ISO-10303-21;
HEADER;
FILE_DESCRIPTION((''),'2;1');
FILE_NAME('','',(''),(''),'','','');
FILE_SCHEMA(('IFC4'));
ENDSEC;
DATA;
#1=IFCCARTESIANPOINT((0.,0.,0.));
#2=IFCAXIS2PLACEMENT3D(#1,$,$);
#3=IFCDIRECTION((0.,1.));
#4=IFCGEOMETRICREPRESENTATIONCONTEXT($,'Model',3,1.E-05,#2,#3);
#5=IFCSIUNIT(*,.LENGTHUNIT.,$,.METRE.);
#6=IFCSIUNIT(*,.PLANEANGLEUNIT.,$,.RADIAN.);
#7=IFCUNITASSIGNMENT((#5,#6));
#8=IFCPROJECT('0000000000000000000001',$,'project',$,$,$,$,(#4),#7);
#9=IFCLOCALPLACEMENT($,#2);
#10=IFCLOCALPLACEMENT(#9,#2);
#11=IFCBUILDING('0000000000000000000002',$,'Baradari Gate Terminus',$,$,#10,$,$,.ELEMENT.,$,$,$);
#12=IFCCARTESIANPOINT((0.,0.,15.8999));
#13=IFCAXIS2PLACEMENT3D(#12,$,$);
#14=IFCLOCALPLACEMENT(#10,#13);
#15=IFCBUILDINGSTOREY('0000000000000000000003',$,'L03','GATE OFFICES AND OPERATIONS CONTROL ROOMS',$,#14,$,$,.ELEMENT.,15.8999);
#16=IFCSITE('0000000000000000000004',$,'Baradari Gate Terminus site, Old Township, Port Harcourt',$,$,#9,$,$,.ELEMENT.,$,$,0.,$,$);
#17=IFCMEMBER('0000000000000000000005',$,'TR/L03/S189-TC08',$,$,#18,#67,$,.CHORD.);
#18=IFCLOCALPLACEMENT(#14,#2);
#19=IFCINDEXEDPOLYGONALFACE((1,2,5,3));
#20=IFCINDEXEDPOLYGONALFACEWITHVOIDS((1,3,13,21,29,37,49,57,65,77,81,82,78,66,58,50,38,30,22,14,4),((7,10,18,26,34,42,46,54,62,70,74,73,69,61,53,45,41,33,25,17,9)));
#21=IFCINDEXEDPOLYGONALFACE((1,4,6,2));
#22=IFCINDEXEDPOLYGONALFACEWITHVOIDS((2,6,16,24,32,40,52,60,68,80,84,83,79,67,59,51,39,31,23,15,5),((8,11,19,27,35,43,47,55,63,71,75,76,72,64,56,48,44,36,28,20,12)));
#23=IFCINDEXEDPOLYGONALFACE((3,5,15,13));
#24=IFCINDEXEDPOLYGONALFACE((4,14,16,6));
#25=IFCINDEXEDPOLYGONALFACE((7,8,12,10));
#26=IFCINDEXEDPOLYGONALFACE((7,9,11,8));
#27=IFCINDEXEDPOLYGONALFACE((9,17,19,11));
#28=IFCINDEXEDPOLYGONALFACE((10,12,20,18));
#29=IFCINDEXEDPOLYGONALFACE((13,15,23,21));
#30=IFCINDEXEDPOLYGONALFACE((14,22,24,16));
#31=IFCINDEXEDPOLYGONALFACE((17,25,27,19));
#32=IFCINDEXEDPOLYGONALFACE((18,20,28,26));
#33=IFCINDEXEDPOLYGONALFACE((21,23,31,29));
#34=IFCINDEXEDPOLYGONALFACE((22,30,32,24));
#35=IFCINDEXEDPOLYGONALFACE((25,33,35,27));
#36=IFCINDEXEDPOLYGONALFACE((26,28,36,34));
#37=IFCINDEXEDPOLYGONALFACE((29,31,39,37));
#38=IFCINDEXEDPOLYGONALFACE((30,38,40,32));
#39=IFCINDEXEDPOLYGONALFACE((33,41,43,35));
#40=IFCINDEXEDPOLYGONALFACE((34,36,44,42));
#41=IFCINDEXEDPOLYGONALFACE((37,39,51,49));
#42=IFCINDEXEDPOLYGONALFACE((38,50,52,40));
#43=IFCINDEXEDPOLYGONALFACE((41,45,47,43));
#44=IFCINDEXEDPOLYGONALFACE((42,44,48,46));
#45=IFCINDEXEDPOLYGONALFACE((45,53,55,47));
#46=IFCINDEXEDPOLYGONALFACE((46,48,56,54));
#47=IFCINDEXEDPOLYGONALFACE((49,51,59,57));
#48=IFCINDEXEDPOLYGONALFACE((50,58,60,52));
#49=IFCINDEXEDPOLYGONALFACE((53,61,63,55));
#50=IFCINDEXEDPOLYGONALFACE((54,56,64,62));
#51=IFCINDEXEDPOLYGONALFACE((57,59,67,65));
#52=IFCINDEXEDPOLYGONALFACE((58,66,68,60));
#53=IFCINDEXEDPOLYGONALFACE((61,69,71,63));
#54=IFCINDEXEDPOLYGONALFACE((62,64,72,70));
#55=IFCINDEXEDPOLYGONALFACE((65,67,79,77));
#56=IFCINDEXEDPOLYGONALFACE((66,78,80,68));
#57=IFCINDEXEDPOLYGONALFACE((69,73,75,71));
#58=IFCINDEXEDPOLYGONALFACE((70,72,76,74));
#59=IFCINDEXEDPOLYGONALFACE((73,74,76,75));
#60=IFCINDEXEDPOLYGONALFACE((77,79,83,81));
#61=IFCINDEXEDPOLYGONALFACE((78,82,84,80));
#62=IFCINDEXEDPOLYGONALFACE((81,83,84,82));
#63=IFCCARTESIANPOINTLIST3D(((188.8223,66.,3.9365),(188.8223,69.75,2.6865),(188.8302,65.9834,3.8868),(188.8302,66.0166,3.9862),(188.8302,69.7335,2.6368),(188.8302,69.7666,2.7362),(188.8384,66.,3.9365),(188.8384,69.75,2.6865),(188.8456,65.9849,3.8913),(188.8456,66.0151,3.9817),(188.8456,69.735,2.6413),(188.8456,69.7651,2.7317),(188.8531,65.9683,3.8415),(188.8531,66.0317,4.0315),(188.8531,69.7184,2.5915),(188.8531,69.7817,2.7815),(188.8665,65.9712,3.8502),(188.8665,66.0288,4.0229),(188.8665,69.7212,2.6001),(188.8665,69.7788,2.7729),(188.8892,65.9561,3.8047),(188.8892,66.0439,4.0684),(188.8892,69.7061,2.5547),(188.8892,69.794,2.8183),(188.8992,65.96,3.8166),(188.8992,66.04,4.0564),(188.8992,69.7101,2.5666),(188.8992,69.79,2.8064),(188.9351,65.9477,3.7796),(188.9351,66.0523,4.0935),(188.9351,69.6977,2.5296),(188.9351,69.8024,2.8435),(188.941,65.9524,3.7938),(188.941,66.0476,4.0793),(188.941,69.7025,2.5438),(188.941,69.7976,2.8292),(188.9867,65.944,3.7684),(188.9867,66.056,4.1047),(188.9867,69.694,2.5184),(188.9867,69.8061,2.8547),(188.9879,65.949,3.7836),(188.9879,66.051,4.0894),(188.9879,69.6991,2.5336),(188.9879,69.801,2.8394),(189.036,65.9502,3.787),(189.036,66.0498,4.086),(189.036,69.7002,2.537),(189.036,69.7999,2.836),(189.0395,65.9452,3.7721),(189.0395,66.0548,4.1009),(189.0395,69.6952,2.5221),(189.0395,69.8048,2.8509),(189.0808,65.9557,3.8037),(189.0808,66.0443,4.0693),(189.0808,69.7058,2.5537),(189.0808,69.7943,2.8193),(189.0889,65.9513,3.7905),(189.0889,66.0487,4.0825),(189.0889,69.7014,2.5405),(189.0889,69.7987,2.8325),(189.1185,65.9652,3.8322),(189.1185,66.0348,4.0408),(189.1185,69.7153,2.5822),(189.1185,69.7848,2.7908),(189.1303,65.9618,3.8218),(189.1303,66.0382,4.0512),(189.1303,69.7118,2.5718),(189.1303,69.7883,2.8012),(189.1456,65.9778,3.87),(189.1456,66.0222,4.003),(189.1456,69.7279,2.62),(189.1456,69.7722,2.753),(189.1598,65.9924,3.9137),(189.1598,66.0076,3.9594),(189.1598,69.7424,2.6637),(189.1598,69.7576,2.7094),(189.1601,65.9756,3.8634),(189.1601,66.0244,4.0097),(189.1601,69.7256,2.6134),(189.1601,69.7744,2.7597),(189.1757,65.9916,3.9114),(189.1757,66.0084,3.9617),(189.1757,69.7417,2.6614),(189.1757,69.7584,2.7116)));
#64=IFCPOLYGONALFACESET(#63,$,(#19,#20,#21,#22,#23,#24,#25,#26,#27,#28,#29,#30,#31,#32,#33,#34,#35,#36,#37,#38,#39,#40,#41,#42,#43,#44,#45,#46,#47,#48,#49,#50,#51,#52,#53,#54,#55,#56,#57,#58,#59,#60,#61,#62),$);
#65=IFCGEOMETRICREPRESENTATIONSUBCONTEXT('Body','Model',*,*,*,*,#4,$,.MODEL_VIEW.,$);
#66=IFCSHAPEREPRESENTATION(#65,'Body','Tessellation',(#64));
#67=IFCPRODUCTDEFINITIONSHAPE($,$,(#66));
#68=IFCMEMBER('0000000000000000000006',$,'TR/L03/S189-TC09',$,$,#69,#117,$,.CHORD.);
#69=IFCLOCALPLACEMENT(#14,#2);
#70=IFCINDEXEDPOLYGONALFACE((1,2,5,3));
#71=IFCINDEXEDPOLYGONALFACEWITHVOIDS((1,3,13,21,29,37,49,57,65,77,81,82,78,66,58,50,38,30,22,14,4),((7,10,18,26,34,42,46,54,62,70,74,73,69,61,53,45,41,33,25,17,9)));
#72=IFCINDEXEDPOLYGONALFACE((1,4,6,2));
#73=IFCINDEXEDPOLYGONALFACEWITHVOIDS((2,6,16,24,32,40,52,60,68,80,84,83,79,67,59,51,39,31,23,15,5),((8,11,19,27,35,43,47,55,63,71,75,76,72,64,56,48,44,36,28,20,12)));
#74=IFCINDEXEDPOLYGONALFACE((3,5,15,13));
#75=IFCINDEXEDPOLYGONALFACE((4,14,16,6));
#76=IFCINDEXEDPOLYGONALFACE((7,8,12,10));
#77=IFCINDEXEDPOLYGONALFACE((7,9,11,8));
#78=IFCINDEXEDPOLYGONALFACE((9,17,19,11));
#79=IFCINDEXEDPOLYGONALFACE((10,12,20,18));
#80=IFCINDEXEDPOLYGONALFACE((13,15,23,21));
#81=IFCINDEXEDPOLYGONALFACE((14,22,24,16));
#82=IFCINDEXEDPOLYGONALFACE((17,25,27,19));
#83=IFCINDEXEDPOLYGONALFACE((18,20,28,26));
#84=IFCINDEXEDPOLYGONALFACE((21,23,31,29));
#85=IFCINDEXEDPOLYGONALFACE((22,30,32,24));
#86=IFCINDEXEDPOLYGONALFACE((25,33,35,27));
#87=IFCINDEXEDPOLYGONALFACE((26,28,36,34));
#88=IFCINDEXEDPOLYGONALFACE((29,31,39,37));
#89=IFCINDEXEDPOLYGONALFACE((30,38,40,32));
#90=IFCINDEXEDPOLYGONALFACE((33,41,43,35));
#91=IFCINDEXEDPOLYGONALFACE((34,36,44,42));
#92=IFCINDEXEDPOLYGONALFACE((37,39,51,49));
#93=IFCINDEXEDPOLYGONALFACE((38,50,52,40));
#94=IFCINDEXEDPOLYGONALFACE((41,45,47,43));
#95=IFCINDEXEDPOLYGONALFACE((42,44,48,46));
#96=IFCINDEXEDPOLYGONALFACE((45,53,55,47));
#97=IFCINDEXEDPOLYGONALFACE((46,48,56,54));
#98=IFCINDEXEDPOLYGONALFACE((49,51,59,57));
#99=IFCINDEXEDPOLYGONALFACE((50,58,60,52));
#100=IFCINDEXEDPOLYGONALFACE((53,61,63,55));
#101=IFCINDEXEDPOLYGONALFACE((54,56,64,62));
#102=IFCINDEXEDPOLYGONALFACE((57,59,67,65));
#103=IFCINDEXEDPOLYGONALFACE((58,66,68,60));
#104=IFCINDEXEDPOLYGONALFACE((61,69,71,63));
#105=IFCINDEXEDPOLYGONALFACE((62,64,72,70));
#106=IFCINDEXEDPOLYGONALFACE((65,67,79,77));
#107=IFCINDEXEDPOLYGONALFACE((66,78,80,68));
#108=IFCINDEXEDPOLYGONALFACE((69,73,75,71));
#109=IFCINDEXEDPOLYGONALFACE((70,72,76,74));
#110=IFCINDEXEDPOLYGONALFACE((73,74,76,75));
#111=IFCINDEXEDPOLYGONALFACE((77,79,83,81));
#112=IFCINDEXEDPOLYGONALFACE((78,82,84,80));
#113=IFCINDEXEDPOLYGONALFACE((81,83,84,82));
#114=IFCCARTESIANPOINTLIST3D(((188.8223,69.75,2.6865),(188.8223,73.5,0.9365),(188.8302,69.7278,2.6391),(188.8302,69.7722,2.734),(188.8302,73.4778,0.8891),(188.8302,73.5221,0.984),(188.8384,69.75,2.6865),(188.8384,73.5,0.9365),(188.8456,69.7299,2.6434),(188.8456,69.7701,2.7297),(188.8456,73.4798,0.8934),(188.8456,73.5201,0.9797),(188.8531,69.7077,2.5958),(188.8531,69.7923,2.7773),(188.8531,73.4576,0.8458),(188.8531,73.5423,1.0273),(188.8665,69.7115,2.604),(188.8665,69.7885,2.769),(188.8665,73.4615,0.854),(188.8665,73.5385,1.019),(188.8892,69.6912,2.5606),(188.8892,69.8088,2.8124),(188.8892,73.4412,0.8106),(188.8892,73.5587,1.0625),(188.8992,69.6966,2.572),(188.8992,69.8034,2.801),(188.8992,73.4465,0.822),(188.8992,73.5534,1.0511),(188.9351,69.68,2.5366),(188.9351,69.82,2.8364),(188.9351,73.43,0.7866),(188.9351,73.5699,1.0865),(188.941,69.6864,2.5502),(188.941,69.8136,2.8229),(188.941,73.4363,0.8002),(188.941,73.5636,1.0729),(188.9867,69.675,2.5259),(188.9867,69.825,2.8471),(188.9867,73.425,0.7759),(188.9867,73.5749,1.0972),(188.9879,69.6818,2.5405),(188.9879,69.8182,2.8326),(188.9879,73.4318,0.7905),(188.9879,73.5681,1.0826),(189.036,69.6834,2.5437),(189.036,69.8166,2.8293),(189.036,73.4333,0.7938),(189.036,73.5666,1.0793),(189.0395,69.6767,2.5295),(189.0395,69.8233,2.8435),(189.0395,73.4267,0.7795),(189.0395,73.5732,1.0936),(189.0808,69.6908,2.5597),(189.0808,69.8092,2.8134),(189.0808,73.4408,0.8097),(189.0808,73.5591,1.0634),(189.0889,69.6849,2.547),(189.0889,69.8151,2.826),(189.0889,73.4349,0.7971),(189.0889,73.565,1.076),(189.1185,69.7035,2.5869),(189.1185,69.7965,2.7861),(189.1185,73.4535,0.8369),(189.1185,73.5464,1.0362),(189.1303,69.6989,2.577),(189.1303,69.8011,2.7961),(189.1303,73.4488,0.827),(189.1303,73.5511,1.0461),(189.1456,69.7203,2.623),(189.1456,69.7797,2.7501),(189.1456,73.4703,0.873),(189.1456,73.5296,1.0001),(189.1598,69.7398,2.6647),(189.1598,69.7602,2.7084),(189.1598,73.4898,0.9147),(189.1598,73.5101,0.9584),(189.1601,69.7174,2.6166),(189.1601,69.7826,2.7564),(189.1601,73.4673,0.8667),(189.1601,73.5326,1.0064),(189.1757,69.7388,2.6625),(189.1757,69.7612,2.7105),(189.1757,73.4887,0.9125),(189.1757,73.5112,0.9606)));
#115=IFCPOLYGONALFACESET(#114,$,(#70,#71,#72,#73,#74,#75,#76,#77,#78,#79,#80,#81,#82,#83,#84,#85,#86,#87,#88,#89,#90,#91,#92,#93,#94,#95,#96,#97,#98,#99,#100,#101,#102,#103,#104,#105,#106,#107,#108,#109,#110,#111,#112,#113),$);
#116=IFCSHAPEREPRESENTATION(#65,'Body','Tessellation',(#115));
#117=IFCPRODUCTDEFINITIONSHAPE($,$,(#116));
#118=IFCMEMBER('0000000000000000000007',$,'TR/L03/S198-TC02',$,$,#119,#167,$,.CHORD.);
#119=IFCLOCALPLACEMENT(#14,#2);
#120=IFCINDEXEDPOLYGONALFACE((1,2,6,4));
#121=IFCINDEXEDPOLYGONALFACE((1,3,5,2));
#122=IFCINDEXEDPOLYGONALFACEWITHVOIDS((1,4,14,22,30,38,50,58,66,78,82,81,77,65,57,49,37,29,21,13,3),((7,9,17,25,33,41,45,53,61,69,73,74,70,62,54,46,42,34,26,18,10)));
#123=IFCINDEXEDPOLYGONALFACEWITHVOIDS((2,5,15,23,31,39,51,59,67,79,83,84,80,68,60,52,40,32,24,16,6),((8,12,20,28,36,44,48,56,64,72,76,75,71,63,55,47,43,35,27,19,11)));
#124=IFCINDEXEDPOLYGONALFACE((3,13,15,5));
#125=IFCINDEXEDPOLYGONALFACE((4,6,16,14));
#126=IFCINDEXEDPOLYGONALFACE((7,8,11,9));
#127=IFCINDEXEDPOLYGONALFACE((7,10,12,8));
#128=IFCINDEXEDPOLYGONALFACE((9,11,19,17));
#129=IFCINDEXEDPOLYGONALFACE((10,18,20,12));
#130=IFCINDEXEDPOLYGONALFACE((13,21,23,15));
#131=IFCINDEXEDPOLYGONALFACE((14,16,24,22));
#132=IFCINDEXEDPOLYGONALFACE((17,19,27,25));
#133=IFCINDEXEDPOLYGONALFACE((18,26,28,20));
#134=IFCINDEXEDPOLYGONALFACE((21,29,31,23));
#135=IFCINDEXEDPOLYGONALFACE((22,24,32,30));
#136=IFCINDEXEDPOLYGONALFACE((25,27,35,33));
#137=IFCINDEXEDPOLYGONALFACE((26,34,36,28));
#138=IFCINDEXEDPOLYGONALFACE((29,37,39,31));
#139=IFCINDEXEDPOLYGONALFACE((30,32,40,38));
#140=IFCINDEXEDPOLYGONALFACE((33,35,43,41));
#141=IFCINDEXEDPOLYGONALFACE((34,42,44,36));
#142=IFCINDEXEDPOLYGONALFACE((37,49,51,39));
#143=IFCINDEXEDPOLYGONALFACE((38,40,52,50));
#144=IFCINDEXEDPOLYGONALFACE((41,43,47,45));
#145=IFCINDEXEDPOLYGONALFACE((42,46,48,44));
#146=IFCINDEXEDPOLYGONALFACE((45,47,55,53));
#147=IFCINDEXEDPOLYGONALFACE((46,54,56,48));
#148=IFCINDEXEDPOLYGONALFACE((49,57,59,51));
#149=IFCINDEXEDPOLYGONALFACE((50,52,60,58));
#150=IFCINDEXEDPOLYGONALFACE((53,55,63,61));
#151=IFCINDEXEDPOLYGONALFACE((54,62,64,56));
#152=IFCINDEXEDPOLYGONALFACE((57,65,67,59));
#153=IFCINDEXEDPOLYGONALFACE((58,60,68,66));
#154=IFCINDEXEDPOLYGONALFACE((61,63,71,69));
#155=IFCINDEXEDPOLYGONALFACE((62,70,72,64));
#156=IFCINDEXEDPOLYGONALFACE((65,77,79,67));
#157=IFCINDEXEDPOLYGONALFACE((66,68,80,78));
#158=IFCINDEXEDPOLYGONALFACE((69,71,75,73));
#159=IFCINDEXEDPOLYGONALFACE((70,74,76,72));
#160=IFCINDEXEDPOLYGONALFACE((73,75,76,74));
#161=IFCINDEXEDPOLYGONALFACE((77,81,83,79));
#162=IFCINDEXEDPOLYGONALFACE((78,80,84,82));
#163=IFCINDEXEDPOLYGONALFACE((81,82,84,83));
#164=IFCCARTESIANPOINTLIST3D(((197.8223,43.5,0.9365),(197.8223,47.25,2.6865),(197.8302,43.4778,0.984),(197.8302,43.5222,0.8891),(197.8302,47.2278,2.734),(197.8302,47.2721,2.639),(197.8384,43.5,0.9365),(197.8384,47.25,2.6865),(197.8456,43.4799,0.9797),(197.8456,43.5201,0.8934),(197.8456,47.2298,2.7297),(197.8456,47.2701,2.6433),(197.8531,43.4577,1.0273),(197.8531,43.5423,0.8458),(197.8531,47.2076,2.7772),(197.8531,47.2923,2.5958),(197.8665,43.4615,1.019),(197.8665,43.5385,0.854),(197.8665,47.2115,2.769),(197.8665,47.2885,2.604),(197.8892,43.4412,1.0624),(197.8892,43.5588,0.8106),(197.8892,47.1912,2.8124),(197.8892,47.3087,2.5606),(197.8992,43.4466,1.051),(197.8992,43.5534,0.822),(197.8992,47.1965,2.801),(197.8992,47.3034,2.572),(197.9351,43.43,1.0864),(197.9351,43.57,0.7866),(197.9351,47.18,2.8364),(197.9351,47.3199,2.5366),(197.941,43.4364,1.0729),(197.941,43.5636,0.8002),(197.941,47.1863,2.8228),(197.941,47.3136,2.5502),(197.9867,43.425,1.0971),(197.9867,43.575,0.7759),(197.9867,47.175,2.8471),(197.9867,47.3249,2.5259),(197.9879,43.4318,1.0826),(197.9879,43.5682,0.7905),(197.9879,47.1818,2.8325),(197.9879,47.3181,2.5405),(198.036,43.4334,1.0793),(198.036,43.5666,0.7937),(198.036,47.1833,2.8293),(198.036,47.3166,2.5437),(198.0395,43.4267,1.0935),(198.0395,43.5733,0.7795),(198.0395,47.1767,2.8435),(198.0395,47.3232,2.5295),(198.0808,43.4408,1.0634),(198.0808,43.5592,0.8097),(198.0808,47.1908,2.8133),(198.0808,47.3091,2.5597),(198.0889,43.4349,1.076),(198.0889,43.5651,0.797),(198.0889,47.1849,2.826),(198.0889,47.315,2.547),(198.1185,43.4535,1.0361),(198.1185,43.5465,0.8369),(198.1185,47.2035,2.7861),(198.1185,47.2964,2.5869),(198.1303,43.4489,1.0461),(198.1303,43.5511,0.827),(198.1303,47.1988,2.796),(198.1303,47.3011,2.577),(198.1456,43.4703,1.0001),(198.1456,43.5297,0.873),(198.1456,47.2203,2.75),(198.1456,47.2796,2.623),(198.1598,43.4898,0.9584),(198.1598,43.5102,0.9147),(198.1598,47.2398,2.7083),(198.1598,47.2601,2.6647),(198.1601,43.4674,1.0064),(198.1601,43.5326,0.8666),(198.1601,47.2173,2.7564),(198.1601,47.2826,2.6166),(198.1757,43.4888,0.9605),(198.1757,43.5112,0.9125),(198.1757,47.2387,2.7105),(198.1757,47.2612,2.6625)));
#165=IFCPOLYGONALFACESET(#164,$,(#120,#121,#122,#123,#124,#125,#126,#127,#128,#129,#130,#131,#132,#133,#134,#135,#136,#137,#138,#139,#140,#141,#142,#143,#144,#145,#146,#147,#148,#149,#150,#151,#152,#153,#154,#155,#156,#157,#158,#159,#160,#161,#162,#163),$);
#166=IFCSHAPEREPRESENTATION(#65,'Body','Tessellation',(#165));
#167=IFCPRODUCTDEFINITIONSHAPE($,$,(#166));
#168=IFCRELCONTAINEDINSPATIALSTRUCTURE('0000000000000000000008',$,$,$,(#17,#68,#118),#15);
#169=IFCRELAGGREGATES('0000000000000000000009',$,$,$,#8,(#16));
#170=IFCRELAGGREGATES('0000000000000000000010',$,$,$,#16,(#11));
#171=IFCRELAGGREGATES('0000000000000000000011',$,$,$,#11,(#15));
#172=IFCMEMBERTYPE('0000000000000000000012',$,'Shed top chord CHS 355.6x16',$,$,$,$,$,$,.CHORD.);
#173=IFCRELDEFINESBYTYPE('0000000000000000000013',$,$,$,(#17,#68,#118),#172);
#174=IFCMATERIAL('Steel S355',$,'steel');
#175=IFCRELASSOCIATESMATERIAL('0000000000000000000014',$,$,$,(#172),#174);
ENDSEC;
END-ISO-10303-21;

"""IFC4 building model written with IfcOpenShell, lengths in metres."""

from ifc_helpers import new_model, si_unit, direction, frame, origin, origin_2d, place, context, subcontext, project, spatial, hollow_circle, extrude, material, material_profile, profile_set, type_object, element, save


model = new_model("IFC4")

# Units and contexts
model_context = context("Model", 3, precision=1e-05, world=origin(), true_north=direction((0.0, 1.0)))
body_context = subcontext(model_context, "Body", "Model", "MODEL_VIEW")
ifc_project = project(units=[si_unit("LENGTHUNIT", "METRE"), si_unit("PLANEANGLEUNIT", "RADIAN")], contexts=[model_context])

# Site, building, storey
site_placement = place(None, origin())
site = spatial("IfcSite", under=ifc_project, at=site_placement, Name="Baradari Gate Terminus site, Old Township, Port Harcourt", CompositionType="ELEMENT", RefElevation=0.0)
building_placement = place(site_placement, origin())
building = spatial("IfcBuilding", under=site, at=building_placement, Name="Baradari Gate Terminus", CompositionType="ELEMENT")
storey_placement = place(building_placement, frame((0.0, 0.0, 15.8999)))
storey = spatial("IfcBuildingStorey", under=building, at=storey_placement, Name="L03", Description="GATE OFFICES AND OPERATIONS CONTROL ROOMS", CompositionType="ELEMENT", Elevation=15.8999)

# Members
ifc_material_1 = material(Name="Steel S355", Category="steel")
ifc_material_profile_1 = material_profile(ifc_material_1, hollow_circle(Radius=0.1777, WallThickness=0.0161, at=origin_2d()), Name="CHS 355.6x16")
ifc_profile_set_1 = profile_set([ifc_material_profile_1], Name="Steel S355")
member_type_1 = type_object("IfcMemberType", Name="Shed top chord CHS 355.6x16", PredefinedType="CHORD", material=ifc_profile_set_1)
member_1_placement = place(storey_placement, frame((189.0, 66.0, 3.9365), z_axis=(0.0, 0.948683, -0.316228), x_axis=(-1.0, 0.0, 0.0)))
element("IfcMember", 1, at=member_1_placement, inside=storey, type_object=member_type_1, Name="TR/L03/S189-TC08", PredefinedType="CHORD", context=body_context, shape_type="SweptSolid", body=[
    extrude(hollow_circle(Radius=0.1777, WallThickness=0.0161, at=origin_2d()), origin(), (0.0, 0.0, 1.0), 3.9529),
])
for number, where, z_axis, x_axis, name in (
    (2, (189.0, 69.75, 2.6865), (0.0, 0.906183, -0.422885), (-1.0, 0.0, 0.0), "TR/L03/S189-TC09"),
    (3, (198.0, 43.5, 0.9365), (0.0, 0.906183, 0.422885), (-1.0, 0.0, 0.0), "TR/L03/S198-TC02"),
):
    element("IfcMember", number, at=place(storey_placement, frame(where, z_axis=z_axis, x_axis=x_axis)), inside=storey, type_object=member_type_1, Name=name, PredefinedType="CHORD", context=body_context, shape_type="SweptSolid", body=[
        extrude(hollow_circle(Radius=0.1777, WallThickness=0.0161, at=origin_2d()), origin(), (0.0, 0.0, 1.0), 4.1382),
    ])

save(model, "model.ifc")
